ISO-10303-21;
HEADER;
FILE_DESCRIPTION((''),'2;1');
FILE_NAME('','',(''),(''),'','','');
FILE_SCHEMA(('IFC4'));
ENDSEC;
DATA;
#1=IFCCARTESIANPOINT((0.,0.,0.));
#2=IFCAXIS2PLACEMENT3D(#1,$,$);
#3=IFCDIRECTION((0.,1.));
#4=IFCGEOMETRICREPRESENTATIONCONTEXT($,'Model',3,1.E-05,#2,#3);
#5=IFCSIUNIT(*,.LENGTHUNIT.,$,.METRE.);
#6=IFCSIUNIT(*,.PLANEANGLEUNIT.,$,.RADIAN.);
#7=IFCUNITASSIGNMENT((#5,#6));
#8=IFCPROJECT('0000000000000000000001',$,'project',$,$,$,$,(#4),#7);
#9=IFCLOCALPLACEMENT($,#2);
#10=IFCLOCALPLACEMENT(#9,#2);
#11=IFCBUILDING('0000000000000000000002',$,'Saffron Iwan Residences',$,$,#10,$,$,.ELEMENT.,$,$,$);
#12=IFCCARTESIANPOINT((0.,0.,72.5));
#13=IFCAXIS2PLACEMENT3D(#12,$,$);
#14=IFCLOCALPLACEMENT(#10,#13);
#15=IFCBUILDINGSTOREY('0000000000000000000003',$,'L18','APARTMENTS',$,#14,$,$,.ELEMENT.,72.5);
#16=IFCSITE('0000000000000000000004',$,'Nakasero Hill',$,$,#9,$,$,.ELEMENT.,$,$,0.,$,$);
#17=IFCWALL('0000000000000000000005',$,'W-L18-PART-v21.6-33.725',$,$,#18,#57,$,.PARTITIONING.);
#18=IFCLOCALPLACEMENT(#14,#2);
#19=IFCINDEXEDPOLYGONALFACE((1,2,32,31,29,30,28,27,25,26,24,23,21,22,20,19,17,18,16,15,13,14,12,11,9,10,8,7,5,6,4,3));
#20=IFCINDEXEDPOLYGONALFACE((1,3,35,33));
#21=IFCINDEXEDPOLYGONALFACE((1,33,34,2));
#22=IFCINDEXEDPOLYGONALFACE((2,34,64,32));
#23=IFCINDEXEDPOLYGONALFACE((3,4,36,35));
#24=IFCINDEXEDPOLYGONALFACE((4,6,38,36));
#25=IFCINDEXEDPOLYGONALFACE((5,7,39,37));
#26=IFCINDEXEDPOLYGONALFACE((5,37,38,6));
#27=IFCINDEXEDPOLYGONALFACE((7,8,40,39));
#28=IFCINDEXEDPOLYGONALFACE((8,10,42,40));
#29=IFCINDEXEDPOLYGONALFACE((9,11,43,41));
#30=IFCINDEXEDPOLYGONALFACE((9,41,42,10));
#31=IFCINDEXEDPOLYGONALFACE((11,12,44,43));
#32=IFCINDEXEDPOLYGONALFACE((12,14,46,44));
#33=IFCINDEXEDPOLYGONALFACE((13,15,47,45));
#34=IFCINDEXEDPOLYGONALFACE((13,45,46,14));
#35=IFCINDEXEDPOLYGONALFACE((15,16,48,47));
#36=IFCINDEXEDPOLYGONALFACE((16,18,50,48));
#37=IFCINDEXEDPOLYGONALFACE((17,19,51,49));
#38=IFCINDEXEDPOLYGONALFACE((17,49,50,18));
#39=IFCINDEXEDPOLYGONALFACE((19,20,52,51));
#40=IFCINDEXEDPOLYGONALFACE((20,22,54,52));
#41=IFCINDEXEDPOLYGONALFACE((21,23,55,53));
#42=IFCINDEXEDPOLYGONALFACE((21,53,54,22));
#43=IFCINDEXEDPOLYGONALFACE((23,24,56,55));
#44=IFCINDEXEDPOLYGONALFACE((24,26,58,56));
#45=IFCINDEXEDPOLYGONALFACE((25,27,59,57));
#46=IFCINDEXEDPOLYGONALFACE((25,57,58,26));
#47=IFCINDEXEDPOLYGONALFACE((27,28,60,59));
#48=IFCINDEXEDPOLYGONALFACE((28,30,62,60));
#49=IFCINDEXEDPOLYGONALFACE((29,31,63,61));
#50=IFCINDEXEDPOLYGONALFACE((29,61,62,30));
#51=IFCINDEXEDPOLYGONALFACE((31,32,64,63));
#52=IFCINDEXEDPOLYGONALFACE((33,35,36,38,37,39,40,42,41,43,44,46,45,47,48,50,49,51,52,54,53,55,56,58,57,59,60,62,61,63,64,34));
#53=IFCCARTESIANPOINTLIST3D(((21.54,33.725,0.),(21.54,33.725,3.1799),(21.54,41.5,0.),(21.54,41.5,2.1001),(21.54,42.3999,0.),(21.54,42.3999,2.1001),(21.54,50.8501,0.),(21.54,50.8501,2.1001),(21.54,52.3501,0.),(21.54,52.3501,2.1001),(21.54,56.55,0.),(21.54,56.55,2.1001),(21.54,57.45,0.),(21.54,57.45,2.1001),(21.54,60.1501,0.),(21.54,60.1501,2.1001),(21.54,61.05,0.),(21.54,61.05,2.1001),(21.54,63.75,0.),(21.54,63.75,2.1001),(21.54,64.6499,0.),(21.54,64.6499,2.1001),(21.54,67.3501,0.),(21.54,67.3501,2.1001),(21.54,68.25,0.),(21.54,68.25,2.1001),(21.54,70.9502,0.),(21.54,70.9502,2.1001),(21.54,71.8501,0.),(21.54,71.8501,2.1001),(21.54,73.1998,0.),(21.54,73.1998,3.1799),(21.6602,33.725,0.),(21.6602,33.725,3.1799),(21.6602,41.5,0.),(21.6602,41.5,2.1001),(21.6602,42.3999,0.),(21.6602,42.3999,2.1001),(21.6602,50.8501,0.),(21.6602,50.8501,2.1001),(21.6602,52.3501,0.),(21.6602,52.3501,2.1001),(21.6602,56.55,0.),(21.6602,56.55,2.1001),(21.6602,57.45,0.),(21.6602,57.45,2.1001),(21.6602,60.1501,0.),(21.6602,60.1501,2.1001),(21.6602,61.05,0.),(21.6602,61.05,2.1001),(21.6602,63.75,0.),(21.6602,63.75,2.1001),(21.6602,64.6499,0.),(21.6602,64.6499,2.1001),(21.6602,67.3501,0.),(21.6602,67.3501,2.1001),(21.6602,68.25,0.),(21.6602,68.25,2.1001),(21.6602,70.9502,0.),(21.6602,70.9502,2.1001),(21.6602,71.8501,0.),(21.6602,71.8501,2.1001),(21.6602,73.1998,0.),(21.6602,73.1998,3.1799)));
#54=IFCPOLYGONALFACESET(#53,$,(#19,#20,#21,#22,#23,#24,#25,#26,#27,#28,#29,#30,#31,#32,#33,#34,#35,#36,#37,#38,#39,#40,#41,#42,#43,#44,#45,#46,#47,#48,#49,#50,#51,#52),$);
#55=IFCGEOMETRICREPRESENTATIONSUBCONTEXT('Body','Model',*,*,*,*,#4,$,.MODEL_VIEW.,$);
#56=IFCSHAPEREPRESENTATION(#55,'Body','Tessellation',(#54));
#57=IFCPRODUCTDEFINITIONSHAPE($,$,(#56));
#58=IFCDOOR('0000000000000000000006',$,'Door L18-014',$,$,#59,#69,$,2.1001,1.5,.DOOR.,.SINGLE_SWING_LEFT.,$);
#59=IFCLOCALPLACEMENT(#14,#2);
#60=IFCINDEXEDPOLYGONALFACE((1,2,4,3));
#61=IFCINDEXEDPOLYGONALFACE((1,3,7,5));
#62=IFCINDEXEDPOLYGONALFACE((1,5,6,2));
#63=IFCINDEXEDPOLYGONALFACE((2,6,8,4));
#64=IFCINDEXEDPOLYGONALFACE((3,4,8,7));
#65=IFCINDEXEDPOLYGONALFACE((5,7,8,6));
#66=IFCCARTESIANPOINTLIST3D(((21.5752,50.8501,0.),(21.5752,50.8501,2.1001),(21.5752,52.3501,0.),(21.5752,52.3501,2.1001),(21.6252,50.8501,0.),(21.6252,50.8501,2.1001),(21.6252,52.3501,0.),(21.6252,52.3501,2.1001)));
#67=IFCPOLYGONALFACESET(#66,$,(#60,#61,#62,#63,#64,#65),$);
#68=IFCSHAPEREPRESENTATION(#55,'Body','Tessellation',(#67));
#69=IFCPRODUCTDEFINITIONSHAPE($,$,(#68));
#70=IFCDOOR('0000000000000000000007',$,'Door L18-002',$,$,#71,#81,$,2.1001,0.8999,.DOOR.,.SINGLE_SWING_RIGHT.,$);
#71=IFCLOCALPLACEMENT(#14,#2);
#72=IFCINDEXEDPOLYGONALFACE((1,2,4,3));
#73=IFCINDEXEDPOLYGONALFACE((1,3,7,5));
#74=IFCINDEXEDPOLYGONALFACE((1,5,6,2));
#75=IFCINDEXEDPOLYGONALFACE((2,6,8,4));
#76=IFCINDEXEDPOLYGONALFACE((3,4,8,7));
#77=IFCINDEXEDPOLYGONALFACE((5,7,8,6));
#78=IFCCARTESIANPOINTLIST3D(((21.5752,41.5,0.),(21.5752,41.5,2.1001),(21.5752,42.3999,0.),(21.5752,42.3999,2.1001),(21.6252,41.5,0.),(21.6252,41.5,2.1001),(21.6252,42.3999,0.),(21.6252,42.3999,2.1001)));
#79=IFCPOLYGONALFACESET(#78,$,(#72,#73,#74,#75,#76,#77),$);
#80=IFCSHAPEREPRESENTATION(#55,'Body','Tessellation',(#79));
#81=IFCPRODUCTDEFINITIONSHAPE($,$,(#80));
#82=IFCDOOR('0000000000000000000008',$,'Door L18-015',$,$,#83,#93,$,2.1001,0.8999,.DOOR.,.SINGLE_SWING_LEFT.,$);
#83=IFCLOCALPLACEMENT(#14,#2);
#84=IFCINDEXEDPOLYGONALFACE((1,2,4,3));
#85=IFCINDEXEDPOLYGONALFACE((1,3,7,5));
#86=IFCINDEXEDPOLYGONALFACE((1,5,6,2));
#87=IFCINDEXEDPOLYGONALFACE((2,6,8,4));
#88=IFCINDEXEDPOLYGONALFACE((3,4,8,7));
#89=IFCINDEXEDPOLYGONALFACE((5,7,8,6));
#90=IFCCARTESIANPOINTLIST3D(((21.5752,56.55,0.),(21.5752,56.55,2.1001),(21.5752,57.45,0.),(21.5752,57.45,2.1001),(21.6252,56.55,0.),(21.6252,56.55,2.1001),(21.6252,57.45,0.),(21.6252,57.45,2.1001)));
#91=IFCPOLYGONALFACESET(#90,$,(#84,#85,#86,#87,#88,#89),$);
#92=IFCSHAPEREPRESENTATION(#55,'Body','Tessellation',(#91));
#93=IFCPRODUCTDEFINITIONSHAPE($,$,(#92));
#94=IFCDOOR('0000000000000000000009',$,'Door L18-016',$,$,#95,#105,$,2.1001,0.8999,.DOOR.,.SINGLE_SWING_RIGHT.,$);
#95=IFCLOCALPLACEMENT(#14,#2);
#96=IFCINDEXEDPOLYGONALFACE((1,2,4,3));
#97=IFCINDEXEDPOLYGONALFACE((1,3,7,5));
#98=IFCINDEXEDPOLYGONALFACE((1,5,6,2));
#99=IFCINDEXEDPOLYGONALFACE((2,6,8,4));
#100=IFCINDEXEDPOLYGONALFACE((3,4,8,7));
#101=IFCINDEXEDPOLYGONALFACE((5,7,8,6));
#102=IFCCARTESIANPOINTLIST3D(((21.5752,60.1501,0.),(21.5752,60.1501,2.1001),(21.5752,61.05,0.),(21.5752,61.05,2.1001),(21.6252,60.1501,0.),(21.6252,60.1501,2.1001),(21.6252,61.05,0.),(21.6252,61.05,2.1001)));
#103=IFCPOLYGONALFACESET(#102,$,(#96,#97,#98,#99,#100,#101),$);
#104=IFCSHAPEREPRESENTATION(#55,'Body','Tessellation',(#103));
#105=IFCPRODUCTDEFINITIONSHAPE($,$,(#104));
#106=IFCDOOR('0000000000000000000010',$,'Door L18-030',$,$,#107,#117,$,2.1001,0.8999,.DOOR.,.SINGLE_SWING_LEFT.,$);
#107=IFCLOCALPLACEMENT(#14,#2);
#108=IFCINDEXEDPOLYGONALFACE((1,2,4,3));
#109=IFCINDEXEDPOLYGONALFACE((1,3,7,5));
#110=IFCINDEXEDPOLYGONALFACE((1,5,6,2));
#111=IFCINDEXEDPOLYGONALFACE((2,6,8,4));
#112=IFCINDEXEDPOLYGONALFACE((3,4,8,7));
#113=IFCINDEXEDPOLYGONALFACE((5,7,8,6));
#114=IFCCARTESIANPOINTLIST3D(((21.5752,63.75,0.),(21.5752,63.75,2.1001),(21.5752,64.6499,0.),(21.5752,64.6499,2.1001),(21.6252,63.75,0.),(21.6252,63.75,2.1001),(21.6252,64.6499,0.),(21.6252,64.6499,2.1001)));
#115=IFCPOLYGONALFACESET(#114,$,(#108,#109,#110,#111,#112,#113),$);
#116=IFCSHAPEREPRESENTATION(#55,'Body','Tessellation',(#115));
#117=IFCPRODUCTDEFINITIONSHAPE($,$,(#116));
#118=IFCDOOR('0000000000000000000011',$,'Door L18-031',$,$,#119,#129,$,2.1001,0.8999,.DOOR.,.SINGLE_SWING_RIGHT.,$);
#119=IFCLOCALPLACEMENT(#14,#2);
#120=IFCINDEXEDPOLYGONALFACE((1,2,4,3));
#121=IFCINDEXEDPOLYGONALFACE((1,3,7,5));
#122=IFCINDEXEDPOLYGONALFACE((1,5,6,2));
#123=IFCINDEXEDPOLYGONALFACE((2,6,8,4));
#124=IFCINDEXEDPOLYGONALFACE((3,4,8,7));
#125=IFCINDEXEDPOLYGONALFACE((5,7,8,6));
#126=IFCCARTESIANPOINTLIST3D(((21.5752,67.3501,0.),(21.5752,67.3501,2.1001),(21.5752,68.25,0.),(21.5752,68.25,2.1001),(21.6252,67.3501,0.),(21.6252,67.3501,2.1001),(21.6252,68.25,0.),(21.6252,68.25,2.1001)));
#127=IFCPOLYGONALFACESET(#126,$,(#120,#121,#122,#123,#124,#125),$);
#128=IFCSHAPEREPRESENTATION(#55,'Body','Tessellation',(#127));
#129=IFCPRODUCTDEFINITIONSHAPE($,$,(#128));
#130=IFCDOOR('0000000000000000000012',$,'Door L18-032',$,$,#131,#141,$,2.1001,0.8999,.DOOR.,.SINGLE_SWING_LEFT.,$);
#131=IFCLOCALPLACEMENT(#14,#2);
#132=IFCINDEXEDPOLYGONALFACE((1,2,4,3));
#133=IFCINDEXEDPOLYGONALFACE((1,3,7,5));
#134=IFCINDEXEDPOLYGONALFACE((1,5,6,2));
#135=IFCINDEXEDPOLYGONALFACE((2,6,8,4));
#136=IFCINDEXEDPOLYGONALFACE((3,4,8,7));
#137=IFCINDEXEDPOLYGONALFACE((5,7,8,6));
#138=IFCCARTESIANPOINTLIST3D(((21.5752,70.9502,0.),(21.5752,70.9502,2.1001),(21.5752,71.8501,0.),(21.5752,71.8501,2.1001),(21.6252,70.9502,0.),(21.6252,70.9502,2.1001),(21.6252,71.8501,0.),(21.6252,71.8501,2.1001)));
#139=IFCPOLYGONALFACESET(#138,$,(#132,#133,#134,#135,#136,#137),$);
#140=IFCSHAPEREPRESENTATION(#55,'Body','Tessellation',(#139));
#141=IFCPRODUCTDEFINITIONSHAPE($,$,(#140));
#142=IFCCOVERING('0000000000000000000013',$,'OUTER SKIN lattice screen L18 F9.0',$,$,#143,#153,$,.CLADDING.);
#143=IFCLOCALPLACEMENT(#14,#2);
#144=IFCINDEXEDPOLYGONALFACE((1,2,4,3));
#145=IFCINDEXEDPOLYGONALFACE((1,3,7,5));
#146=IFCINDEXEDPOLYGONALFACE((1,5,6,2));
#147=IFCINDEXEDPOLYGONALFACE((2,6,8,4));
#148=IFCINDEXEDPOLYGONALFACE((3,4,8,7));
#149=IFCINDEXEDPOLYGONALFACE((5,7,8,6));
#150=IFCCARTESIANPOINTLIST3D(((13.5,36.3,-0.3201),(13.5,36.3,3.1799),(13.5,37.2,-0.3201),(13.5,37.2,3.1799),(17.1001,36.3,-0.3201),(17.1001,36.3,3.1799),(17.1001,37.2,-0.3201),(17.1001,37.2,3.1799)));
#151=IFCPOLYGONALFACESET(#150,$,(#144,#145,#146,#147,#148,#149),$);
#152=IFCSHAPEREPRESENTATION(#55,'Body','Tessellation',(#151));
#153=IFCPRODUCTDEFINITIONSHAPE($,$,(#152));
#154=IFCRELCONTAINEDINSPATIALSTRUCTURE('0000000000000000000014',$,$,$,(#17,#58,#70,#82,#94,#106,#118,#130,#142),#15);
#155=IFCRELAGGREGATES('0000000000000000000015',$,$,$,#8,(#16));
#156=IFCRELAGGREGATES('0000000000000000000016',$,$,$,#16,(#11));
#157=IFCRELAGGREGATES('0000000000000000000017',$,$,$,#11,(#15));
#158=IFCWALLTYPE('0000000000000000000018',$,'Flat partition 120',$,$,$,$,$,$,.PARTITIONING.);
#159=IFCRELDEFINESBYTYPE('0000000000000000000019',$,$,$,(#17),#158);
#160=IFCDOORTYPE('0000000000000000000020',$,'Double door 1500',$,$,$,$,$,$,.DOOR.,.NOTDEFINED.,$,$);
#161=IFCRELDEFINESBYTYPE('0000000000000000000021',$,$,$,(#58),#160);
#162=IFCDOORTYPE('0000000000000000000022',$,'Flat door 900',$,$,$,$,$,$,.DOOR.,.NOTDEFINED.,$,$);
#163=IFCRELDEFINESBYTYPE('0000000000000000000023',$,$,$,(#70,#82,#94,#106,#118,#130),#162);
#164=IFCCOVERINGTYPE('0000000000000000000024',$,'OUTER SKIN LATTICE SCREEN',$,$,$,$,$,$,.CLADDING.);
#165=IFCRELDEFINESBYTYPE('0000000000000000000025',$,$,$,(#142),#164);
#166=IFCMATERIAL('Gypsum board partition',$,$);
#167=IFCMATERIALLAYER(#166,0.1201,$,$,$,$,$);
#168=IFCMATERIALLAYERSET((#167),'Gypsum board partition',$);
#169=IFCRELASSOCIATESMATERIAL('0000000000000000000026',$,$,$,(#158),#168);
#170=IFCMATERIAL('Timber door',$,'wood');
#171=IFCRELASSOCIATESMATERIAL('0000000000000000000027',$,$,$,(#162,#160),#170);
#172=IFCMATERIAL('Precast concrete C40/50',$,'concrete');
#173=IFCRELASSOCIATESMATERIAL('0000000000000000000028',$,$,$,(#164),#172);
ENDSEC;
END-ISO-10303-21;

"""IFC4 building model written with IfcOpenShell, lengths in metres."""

from ifc_helpers import new_model, si_unit, direction, frame, frame_2d, origin, place, context, subcontext, project, spatial, polyline, rectangle, outline, extrude, material, layer, layer_set, type_object, element, fill, save


model = new_model("IFC4")

# Units and contexts
model_context = context("Model", 3, precision=1e-05, world=origin(), true_north=direction((0.0, 1.0)))
body_context = subcontext(model_context, "Body", "Model", "MODEL_VIEW")
ifc_project = project(units=[si_unit("LENGTHUNIT", "METRE"), si_unit("PLANEANGLEUNIT", "RADIAN")], contexts=[model_context])

# Site, building, storey
site_placement = place(None, origin())
site = spatial("IfcSite", under=ifc_project, at=site_placement, Name="Nakasero Hill", CompositionType="ELEMENT", RefElevation=0.0)
building_placement = place(site_placement, origin())
building = spatial("IfcBuilding", under=site, at=building_placement, Name="Saffron Iwan Residences", CompositionType="ELEMENT")
storey_placement = place(building_placement, frame((0.0, 0.0, 72.5)))
storey = spatial("IfcBuildingStorey", under=building, at=storey_placement, Name="L18", Description="APARTMENTS", CompositionType="ELEMENT", Elevation=72.5)

# Shared definitions
ifc_material_1 = material(Name="Gypsum board partition")
ifc_layer_1 = layer(ifc_material_1, 0.1201)
ifc_layer_set_1 = layer_set([ifc_layer_1], Name="Gypsum board partition")
wall_type_1 = type_object("IfcWallType", Name="Flat partition 120", PredefinedType="PARTITIONING", material=ifc_layer_set_1)
ifc_material_2 = material(Name="Timber door", Category="wood")
door_type_1 = type_object("IfcDoorType", Name="Flat door 900", OperationType="NOTDEFINED", PredefinedType="DOOR", material=ifc_material_2)

# Wall, openings, doors
wall_1_placement = place(storey_placement, frame((21.6001, 33.7251, 0.0), z_axis=(0.0, 0.0, 1.0), x_axis=(0.0, 1.0, 0.0)))
wall_1 = element("IfcWall", 1, at=wall_1_placement, inside=storey, type_object=wall_type_1, Name="W-L18-PART-v21.6-33.725", PredefinedType="PARTITIONING", context=body_context, shape_type="SweptSolid", body=[
    extrude(rectangle(XDim=39.4749, YDim=0.1201, at=frame_2d((19.7373, 0.0))), origin(), (0.0, 0.0, 1.0), 3.1799),
])
opening_1_placement = place(wall_1_placement, frame((7.7749, 0.0, 0.0)))
opening_1 = element("IfcOpeningElement", 2, at=opening_1_placement, cuts=wall_1, PredefinedType="OPENING", context=body_context, shape_type="SweptSolid", body=[
    extrude(rectangle(XDim=0.8999, YDim=2.1001, at=frame_2d((0.45, 1.05))), frame((0.0, 0.0701, 0.0), z_axis=(0.0, -1.0, 0.0), x_axis=(1.0, 0.0, 0.0)), (0.0, 0.0, 1.0), 0.1401),
])
opening_2_placement = place(wall_1_placement, frame((17.125, 0.0, 0.0)))
opening_2 = element("IfcOpeningElement", 3, at=opening_2_placement, cuts=wall_1, PredefinedType="OPENING", context=body_context, shape_type="SweptSolid", body=[
    extrude(rectangle(XDim=1.5, YDim=2.1001, at=frame_2d((0.75, 1.05))), frame((0.0, 0.0701, 0.0), z_axis=(0.0, -1.0, 0.0), x_axis=(1.0, 0.0, 0.0)), (0.0, 0.0, 1.0), 0.1401),
])
opening_3_placement = place(wall_1_placement, frame((22.825, 0.0, 0.0)))
opening_3 = element("IfcOpeningElement", 4, at=opening_3_placement, cuts=wall_1, PredefinedType="OPENING", context=body_context, shape_type="SweptSolid", body=[
    extrude(rectangle(XDim=0.8999, YDim=2.1001, at=frame_2d((0.45, 1.05))), frame((0.0, 0.0701, 0.0), z_axis=(0.0, -1.0, 0.0), x_axis=(1.0, 0.0, 0.0)), (0.0, 0.0, 1.0), 0.1401),
])
opening_4_placement = place(wall_1_placement, frame((26.425, 0.0, 0.0)))
opening_4 = element("IfcOpeningElement", 5, at=opening_4_placement, cuts=wall_1, PredefinedType="OPENING", context=body_context, shape_type="SweptSolid", body=[
    extrude(rectangle(XDim=0.8999, YDim=2.1001, at=frame_2d((0.45, 1.05))), frame((0.0, 0.0701, 0.0), z_axis=(0.0, -1.0, 0.0), x_axis=(1.0, 0.0, 0.0)), (0.0, 0.0, 1.0), 0.1401),
])
opening_5_placement = place(wall_1_placement, frame((30.0249, 0.0, 0.0)))
opening_5 = element("IfcOpeningElement", 6, at=opening_5_placement, cuts=wall_1, PredefinedType="OPENING", context=body_context, shape_type="SweptSolid", body=[
    extrude(rectangle(XDim=0.8999, YDim=2.1001, at=frame_2d((0.45, 1.05))), frame((0.0, 0.0701, 0.0), z_axis=(0.0, -1.0, 0.0), x_axis=(1.0, 0.0, 0.0)), (0.0, 0.0, 1.0), 0.1401),
])
opening_6_placement = place(wall_1_placement, frame((33.625, 0.0, 0.0)))
opening_6 = element("IfcOpeningElement", 7, at=opening_6_placement, cuts=wall_1, PredefinedType="OPENING", context=body_context, shape_type="SweptSolid", body=[
    extrude(rectangle(XDim=0.8999, YDim=2.1001, at=frame_2d((0.45, 1.05))), frame((0.0, 0.0701, 0.0), z_axis=(0.0, -1.0, 0.0), x_axis=(1.0, 0.0, 0.0)), (0.0, 0.0, 1.0), 0.1401),
])
opening_7_placement = place(wall_1_placement, frame((37.2251, 0.0, 0.0)))
opening_7 = element("IfcOpeningElement", 8, at=opening_7_placement, cuts=wall_1, PredefinedType="OPENING", context=body_context, shape_type="SweptSolid", body=[
    extrude(rectangle(XDim=0.8999, YDim=2.1001, at=frame_2d((0.45, 1.05))), frame((0.0, 0.0701, 0.0), z_axis=(0.0, -1.0, 0.0), x_axis=(1.0, 0.0, 0.0)), (0.0, 0.0, 1.0), 0.1401),
])
door_type_2 = type_object("IfcDoorType", Name="Double door 1500", OperationType="NOTDEFINED", PredefinedType="DOOR", material=ifc_material_2)
door_1_placement = place(opening_2_placement, origin())
door_1 = element("IfcDoor", 9, at=door_1_placement, inside=storey, type_object=door_type_2, Name="Door L18-014", OperationType="SINGLE_SWING_LEFT", OverallHeight=2.1001, OverallWidth=1.5, PredefinedType="DOOR", context=body_context, shape_type="SweptSolid", body=[
    extrude(rectangle(XDim=1.5, YDim=2.1001, at=frame_2d((0.75, 1.05))), frame((0.0, 0.0249, 0.0), z_axis=(0.0, -1.0, 0.0), x_axis=(1.0, 0.0, 0.0)), (0.0, 0.0, 1.0), 0.05),
])
fill(opening_2, door_1)
door_2_placement = place(opening_1_placement, origin())
door_2 = element("IfcDoor", 10, at=door_2_placement, inside=storey, type_object=door_type_1, Name="Door L18-002", OperationType="SINGLE_SWING_RIGHT", OverallHeight=2.1001, OverallWidth=0.8999, PredefinedType="DOOR", context=body_context, shape_type="SweptSolid", body=[
    extrude(rectangle(XDim=0.8999, YDim=2.1001, at=frame_2d((0.45, 1.05))), frame((0.0, 0.0249, 0.0), z_axis=(0.0, -1.0, 0.0), x_axis=(1.0, 0.0, 0.0)), (0.0, 0.0, 1.0), 0.05),
])
fill(opening_1, door_2)
door_3_placement = place(opening_3_placement, origin())
door_3 = element("IfcDoor", 11, at=door_3_placement, inside=storey, type_object=door_type_1, Name="Door L18-015", OperationType="SINGLE_SWING_LEFT", OverallHeight=2.1001, OverallWidth=0.8999, PredefinedType="DOOR", context=body_context, shape_type="SweptSolid", body=[
    extrude(rectangle(XDim=0.8999, YDim=2.1001, at=frame_2d((0.45, 1.05))), frame((0.0, 0.0249, 0.0), z_axis=(0.0, -1.0, 0.0), x_axis=(1.0, 0.0, 0.0)), (0.0, 0.0, 1.0), 0.05),
])
fill(opening_3, door_3)
door_4_placement = place(opening_4_placement, origin())
door_4 = element("IfcDoor", 12, at=door_4_placement, inside=storey, type_object=door_type_1, Name="Door L18-016", OperationType="SINGLE_SWING_RIGHT", OverallHeight=2.1001, OverallWidth=0.8999, PredefinedType="DOOR", context=body_context, shape_type="SweptSolid", body=[
    extrude(rectangle(XDim=0.8999, YDim=2.1001, at=frame_2d((0.45, 1.05))), frame((0.0, 0.0249, 0.0), z_axis=(0.0, -1.0, 0.0), x_axis=(1.0, 0.0, 0.0)), (0.0, 0.0, 1.0), 0.05),
])
fill(opening_4, door_4)
door_5_placement = place(opening_5_placement, origin())
door_5 = element("IfcDoor", 13, at=door_5_placement, inside=storey, type_object=door_type_1, Name="Door L18-030", OperationType="SINGLE_SWING_LEFT", OverallHeight=2.1001, OverallWidth=0.8999, PredefinedType="DOOR", context=body_context, shape_type="SweptSolid", body=[
    extrude(rectangle(XDim=0.8999, YDim=2.1001, at=frame_2d((0.45, 1.05))), frame((0.0, 0.0249, 0.0), z_axis=(0.0, -1.0, 0.0), x_axis=(1.0, 0.0, 0.0)), (0.0, 0.0, 1.0), 0.05),
])
fill(opening_5, door_5)
door_6_placement = place(opening_6_placement, origin())
door_6 = element("IfcDoor", 14, at=door_6_placement, inside=storey, type_object=door_type_1, Name="Door L18-031", OperationType="SINGLE_SWING_RIGHT", OverallHeight=2.1001, OverallWidth=0.8999, PredefinedType="DOOR", context=body_context, shape_type="SweptSolid", body=[
    extrude(rectangle(XDim=0.8999, YDim=2.1001, at=frame_2d((0.45, 1.05))), frame((0.0, 0.0249, 0.0), z_axis=(0.0, -1.0, 0.0), x_axis=(1.0, 0.0, 0.0)), (0.0, 0.0, 1.0), 0.05),
])
fill(opening_6, door_6)
door_7_placement = place(opening_7_placement, origin())
door_7 = element("IfcDoor", 15, at=door_7_placement, inside=storey, type_object=door_type_1, Name="Door L18-032", OperationType="SINGLE_SWING_LEFT", OverallHeight=2.1001, OverallWidth=0.8999, PredefinedType="DOOR", context=body_context, shape_type="SweptSolid", body=[
    extrude(rectangle(XDim=0.8999, YDim=2.1001, at=frame_2d((0.45, 1.05))), frame((0.0, 0.0249, 0.0), z_axis=(0.0, -1.0, 0.0), x_axis=(1.0, 0.0, 0.0)), (0.0, 0.0, 1.0), 0.05),
])
fill(opening_7, door_7)

# Covering
ifc_material_3 = material(Name="Precast concrete C40/50", Category="concrete")
covering_type_1 = type_object("IfcCoveringType", Name="OUTER SKIN LATTICE SCREEN", PredefinedType="CLADDING", material=ifc_material_3)
covering_placement = place(storey_placement, frame((13.5, 37.2, -0.3201), z_axis=(0.0, -1.0, 0.0), x_axis=(1.0, 0.0, 0.0)))
element("IfcCovering", 16, at=covering_placement, inside=storey, type_object=covering_type_1, Name="OUTER SKIN lattice screen L18 F9.0", PredefinedType="CLADDING", context=body_context, shape_type="SweptSolid", body=[
    extrude(outline(polyline([(0.0, 0.0), (3.6001, 0.0), (3.6001, 3.5), (0.0, 3.5), (0.0, 0.0)])), origin(), (0.0, 0.0, 1.0), 0.8999),
])

save(model, "model.ifc")
